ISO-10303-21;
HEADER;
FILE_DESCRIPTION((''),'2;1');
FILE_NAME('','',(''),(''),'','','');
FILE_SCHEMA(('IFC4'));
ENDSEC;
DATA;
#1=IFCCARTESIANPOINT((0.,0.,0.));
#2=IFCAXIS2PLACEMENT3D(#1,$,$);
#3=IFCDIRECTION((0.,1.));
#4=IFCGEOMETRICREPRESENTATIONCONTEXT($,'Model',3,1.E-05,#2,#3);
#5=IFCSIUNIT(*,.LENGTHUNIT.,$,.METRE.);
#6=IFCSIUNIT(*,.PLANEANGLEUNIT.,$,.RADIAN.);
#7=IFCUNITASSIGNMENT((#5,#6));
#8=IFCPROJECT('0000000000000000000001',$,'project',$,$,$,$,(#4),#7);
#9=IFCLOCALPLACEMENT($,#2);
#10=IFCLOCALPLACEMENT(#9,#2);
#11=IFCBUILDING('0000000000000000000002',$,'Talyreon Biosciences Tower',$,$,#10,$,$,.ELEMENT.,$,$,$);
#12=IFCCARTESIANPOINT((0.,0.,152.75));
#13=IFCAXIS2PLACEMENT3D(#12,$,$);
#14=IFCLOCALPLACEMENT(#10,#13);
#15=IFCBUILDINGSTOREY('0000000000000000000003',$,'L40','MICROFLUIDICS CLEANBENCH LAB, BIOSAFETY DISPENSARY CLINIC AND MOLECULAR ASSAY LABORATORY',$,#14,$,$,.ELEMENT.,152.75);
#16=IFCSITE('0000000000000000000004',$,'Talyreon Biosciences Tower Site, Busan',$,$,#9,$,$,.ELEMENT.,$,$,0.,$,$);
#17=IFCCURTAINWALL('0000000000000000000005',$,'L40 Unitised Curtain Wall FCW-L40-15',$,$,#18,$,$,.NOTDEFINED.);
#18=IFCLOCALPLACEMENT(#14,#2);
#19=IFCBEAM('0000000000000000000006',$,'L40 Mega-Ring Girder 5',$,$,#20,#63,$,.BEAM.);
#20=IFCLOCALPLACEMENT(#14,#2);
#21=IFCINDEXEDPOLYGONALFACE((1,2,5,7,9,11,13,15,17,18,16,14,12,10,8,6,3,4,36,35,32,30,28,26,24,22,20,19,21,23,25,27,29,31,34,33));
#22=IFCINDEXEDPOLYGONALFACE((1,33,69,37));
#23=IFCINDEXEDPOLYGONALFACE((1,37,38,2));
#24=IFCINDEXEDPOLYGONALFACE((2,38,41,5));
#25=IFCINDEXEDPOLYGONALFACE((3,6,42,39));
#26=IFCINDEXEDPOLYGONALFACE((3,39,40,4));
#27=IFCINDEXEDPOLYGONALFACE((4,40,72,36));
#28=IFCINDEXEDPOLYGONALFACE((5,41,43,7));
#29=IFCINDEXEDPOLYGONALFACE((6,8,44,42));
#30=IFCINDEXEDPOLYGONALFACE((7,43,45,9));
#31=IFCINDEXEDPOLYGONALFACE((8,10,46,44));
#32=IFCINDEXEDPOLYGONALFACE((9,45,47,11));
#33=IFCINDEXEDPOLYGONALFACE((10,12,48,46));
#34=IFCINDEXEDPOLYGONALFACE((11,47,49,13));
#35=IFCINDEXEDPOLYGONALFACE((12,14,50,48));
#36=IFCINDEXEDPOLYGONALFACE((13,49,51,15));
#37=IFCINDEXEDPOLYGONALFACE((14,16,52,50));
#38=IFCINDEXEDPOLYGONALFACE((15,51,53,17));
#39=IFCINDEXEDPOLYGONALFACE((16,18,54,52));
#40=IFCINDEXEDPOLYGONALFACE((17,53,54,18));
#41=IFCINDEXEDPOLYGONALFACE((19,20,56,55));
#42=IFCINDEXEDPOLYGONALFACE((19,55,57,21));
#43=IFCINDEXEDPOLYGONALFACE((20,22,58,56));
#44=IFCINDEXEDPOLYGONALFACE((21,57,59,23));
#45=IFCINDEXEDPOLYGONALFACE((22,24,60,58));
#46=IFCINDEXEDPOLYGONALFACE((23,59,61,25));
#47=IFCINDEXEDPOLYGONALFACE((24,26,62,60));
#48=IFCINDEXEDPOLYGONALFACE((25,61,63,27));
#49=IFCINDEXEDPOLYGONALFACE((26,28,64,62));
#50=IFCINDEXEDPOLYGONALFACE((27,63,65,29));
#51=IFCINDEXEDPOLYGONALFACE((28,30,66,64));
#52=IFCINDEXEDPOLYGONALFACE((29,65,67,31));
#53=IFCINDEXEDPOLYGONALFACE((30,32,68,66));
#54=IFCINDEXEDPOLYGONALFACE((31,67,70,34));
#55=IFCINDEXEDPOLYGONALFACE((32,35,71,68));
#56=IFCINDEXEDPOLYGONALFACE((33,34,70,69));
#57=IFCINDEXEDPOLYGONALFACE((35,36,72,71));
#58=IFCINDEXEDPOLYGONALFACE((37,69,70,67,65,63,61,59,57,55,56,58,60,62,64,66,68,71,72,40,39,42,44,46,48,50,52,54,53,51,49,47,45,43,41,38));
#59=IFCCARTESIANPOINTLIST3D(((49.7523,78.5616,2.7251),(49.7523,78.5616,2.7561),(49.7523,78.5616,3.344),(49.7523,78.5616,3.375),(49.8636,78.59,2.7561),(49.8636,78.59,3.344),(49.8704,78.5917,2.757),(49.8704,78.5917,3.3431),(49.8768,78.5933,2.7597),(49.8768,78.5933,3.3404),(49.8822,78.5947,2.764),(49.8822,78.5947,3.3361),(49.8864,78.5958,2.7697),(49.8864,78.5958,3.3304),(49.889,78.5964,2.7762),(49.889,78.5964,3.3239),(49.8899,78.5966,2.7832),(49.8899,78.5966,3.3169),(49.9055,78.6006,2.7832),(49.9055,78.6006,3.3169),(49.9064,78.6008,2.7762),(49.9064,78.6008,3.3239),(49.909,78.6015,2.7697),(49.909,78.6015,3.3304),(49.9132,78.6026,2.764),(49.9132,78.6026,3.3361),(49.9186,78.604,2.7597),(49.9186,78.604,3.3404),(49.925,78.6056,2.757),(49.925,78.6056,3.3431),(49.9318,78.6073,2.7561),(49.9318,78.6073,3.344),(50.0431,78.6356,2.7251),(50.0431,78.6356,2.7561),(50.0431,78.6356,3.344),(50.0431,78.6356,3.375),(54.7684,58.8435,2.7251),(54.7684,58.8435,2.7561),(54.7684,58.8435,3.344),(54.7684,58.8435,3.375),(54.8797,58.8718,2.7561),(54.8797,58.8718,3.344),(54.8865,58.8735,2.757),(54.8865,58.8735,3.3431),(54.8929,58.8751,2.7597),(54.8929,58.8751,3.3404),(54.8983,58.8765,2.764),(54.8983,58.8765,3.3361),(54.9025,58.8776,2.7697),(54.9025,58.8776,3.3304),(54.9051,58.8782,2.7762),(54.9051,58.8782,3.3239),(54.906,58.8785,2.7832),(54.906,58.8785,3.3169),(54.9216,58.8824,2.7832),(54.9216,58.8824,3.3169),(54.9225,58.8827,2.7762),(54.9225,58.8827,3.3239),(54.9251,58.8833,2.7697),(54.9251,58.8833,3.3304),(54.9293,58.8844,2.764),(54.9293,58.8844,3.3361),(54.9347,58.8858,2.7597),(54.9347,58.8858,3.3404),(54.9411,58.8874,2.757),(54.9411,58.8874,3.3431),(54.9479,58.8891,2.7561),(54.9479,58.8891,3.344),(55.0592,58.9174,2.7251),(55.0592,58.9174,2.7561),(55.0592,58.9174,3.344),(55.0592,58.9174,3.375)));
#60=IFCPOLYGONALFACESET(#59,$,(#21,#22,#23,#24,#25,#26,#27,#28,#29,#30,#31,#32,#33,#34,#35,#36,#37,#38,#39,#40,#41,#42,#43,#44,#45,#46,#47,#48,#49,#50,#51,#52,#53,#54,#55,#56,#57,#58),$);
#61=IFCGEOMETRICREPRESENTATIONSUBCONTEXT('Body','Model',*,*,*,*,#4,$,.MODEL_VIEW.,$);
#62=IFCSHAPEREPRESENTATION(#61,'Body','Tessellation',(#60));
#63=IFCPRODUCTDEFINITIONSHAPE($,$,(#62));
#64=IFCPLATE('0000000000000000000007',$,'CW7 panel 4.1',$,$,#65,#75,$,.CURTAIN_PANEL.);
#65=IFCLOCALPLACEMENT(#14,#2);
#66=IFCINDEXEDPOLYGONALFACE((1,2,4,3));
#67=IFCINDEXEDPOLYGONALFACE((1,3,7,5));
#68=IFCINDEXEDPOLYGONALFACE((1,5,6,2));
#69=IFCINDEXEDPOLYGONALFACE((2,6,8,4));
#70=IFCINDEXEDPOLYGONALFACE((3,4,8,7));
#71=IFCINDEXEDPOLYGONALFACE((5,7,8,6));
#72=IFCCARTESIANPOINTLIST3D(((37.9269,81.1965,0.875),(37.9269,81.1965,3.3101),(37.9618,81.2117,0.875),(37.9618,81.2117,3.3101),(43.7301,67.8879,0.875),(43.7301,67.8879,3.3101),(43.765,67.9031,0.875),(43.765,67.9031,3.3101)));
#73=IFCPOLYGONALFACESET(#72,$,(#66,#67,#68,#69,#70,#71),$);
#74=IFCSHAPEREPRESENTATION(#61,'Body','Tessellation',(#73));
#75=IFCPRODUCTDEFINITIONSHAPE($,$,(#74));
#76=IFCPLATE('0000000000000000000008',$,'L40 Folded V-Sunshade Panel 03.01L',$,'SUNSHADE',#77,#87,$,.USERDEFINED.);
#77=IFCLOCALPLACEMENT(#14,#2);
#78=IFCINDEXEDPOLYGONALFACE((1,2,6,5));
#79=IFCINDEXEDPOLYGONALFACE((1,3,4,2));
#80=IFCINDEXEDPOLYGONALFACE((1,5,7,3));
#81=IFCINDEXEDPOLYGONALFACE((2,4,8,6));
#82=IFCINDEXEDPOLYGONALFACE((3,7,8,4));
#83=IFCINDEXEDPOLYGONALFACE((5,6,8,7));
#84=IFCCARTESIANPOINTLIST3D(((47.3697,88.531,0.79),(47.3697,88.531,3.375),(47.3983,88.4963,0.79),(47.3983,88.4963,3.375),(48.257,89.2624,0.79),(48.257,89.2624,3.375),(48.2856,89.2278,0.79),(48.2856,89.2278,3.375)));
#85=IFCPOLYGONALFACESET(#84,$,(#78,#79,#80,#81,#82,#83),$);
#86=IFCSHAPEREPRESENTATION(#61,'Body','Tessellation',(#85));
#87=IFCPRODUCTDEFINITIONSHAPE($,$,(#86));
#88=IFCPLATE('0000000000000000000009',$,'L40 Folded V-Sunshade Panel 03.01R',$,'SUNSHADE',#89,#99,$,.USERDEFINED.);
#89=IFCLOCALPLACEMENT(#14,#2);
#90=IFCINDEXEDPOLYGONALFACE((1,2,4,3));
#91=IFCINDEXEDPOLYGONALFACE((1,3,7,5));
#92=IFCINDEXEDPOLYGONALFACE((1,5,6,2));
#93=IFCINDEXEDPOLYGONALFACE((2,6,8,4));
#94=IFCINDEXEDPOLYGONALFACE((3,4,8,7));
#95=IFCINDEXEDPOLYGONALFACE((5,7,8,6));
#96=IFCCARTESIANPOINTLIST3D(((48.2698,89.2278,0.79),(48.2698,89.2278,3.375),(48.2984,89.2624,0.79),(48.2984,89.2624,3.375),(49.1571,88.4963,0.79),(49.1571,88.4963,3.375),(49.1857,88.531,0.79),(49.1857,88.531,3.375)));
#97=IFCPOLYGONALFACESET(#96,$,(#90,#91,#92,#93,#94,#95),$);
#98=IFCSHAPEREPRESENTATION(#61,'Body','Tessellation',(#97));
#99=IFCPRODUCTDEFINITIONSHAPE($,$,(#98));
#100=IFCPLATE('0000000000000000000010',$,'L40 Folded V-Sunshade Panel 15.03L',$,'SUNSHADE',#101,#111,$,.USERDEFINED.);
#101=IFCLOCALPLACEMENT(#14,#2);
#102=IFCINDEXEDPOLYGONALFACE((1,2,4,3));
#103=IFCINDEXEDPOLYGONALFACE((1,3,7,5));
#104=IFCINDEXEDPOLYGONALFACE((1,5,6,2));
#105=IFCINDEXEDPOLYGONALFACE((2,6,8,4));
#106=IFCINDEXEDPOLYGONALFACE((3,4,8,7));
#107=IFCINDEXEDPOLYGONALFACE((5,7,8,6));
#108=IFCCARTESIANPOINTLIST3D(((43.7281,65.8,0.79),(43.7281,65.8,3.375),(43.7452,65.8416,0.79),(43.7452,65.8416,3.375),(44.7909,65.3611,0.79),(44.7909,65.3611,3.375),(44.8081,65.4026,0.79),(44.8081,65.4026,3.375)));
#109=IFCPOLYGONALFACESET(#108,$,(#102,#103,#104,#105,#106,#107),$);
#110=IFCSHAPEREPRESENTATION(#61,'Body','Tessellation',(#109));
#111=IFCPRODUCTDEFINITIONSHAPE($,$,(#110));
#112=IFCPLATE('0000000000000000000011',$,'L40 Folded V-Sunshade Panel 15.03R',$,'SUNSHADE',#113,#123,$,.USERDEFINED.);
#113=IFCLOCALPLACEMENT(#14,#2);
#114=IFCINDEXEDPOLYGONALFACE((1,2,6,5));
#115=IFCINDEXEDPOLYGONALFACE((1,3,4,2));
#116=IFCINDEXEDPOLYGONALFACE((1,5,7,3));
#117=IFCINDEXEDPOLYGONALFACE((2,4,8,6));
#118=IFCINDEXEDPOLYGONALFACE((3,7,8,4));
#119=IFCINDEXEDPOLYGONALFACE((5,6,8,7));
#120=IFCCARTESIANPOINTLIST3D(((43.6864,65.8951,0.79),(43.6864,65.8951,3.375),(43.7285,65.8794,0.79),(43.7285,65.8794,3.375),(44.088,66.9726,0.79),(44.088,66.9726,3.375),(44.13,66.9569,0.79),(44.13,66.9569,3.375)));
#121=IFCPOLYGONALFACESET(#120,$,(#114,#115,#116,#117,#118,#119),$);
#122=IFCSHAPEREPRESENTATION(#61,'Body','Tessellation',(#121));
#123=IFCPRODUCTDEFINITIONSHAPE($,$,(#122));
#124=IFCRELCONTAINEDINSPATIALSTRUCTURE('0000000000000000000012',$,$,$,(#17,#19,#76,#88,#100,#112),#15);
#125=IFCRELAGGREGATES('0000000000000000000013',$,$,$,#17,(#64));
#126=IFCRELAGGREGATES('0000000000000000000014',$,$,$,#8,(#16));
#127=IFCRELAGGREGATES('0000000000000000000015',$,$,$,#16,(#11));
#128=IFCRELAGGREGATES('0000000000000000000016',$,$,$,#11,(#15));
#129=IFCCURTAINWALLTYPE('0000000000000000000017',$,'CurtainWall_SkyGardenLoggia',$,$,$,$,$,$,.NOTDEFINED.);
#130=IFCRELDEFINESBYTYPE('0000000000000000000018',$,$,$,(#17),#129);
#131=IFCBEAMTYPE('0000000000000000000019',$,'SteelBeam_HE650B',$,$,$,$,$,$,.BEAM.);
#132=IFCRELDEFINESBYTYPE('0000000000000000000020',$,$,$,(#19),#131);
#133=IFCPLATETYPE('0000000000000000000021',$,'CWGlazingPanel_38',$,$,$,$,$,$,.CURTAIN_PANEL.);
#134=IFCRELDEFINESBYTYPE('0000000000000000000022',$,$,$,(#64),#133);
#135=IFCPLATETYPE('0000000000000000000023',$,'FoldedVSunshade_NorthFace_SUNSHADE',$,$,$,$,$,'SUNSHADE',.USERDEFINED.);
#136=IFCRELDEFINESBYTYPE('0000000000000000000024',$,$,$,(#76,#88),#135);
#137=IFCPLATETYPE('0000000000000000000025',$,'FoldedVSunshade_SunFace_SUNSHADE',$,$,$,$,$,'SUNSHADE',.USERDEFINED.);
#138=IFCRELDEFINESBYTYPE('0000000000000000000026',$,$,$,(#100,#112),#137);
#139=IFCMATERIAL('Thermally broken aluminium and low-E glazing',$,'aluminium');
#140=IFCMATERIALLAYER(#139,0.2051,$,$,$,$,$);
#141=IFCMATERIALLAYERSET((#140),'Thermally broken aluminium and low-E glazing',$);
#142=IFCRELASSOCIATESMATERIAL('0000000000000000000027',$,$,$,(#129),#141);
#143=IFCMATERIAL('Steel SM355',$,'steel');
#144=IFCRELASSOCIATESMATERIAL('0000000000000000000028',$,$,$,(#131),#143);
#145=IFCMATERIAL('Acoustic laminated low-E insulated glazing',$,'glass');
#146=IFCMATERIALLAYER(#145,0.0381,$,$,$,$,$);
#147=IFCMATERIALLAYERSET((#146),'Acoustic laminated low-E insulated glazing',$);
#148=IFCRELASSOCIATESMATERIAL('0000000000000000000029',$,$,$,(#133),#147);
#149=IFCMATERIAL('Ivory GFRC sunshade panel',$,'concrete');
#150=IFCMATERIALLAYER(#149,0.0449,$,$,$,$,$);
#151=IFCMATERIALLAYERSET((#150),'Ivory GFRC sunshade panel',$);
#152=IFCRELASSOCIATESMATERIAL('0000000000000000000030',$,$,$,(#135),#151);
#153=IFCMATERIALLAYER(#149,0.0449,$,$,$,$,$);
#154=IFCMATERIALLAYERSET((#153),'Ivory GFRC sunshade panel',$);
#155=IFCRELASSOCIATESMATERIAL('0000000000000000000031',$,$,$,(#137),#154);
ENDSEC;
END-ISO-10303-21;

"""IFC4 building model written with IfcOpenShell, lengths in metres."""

from ifc_helpers import new_model, si_unit, direction, frame, origin, origin_2d, place, context, subcontext, project, spatial, rectangle, i_section, extrude, material, layer, layer_set, material_profile, profile_set, type_object, element, aggregate, save


model = new_model("IFC4")

# Units and contexts
model_context = context("Model", 3, precision=1e-05, world=origin(), true_north=direction((0.0, 1.0)))
body_context = subcontext(model_context, "Body", "Model", "MODEL_VIEW")
ifc_project = project(units=[si_unit("LENGTHUNIT", "METRE"), si_unit("PLANEANGLEUNIT", "RADIAN")], contexts=[model_context])

# Site, building, storey
site_placement = place(None, origin())
site = spatial("IfcSite", under=ifc_project, at=site_placement, Name="Talyreon Biosciences Tower Site, Busan", CompositionType="ELEMENT", RefElevation=0.0)
building_placement = place(site_placement, origin())
building = spatial("IfcBuilding", under=site, at=building_placement, Name="Talyreon Biosciences Tower", CompositionType="ELEMENT")
storey_placement = place(building_placement, frame((0.0, 0.0, 152.75)))
storey = spatial("IfcBuildingStorey", under=building, at=storey_placement, Name="L40", Description="MICROFLUIDICS CLEANBENCH LAB, BIOSAFETY DISPENSARY CLINIC AND MOLECULAR ASSAY LABORATORY", CompositionType="ELEMENT", Elevation=152.75)

# Shared definitions
ifc_material_1 = material(Name="Thermally broken aluminium and low-E glazing", Category="aluminium")
ifc_layer_1 = layer(ifc_material_1, 0.2051)
ifc_layer_set_1 = layer_set([ifc_layer_1], Name="Thermally broken aluminium and low-E glazing")
curtain_wall_type = type_object("IfcCurtainWallType", Name="CurtainWall_SkyGardenLoggia", PredefinedType="NOTDEFINED", material=ifc_layer_set_1)

# Curtain wall
curtain_wall_1_placement = place(storey_placement, origin())
curtain_wall_1 = element("IfcCurtainWall", 1, at=curtain_wall_1_placement, inside=storey, type_object=curtain_wall_type, Name="L40 Unitised Curtain Wall FCW-L40-15", PredefinedType="NOTDEFINED")

# Beam
ifc_material_2 = material(Name="Steel SM355", Category="steel")
ifc_material_profile_1 = material_profile(ifc_material_2, i_section(OverallWidth=0.3, OverallDepth=0.6499, WebThickness=0.0161, FlangeThickness=0.031, FilletRadius=0.0271, at=origin_2d()), Name="HE650B")
ifc_profile_set_1 = profile_set([ifc_material_profile_1], Name="Steel SM355")
beam_type_1 = type_object("IfcBeamType", Name="SteelBeam_HE650B", PredefinedType="BEAM", material=ifc_profile_set_1)
beam_1_placement = place(storey_placement, frame((49.8977, 78.5986, 3.05), z_axis=(0.246537, -0.969133, 0.0), x_axis=(0.969133, 0.246537, 0.0)))
element("IfcBeam", 2, at=beam_1_placement, inside=storey, type_object=beam_type_1, Name="L40 Mega-Ring Girder 5", PredefinedType="BEAM", context=body_context, shape_type="SweptSolid", body=[
    extrude(i_section(OverallWidth=0.3, OverallDepth=0.6499, WebThickness=0.0161, FlangeThickness=0.031, FilletRadius=0.0271, at=origin_2d()), origin(), (0.0, 0.0, 1.0), 20.3462),
])

# Plate
ifc_material_3 = material(Name="Acoustic laminated low-E insulated glazing", Category="glass")
ifc_layer_2 = layer(ifc_material_3, 0.0381)
ifc_layer_set_2 = layer_set([ifc_layer_2], Name="Acoustic laminated low-E insulated glazing")
plate_type_1 = type_object("IfcPlateType", Name="CWGlazingPanel_38", PredefinedType="CURTAIN_PANEL", material=ifc_layer_set_2)
plate_placement = place(storey_placement, frame((40.8459, 74.5498, 0.875), z_axis=(0.0, 0.0, 1.0), x_axis=(-0.399698, 0.916647, 0.0)))
plate = element("IfcPlate", 3, at=plate_placement, type_object=plate_type_1, Name="CW7 panel 4.1", PredefinedType="CURTAIN_PANEL", context=body_context, shape_type="SweptSolid", body=[
    extrude(rectangle(XDim=14.5188, YDim=0.0381, at=origin_2d()), origin(), (0.0, 0.0, 1.0), 2.4351),
])
aggregate(curtain_wall_1, [plate])

# Plates
ifc_material_4 = material(Name="Ivory GFRC sunshade panel", Category="concrete")
ifc_layer_3 = layer(ifc_material_4, 0.0449)
ifc_layer_set_3 = layer_set([ifc_layer_3], Name="Ivory GFRC sunshade panel")
plate_type_2 = type_object("IfcPlateType", Name="FoldedVSunshade_NorthFace_SUNSHADE", ElementType="SUNSHADE", PredefinedType="USERDEFINED", material=ifc_layer_set_3)
for number, where, z_axis, x_axis, name in (
    (4, (47.8276, 88.8794, 0.79), (0.0, 0.0, 1.0), (0.771625, 0.636078, 0.0), "L40 Folded V-Sunshade Panel 03.01L"),
    (5, (48.7278, 88.8794, 0.79), (0.0, 0.0, 1.0), (0.771625, -0.636078, 0.0), "L40 Folded V-Sunshade Panel 03.01R"),
):
    element("IfcPlate", number, at=place(storey_placement, frame(where, z_axis=z_axis, x_axis=x_axis)), inside=storey, type_object=plate_type_2, Name=name, ObjectType="SUNSHADE", PredefinedType="USERDEFINED", context=body_context, shape_type="SweptSolid", body=[
        extrude(rectangle(XDim=1.1499, YDim=0.0449, at=origin_2d()), origin(), (0.0, 0.0, 1.0), 2.585),
    ])
ifc_layer_4 = layer(ifc_material_4, 0.0449)
ifc_layer_set_4 = layer_set([ifc_layer_4], Name="Ivory GFRC sunshade panel")
plate_type_3 = type_object("IfcPlateType", Name="FoldedVSunshade_SunFace_SUNSHADE", ElementType="SUNSHADE", PredefinedType="USERDEFINED", material=ifc_layer_set_4)
for number, where, z_axis, x_axis, name in (
    (6, (44.2681, 65.6013, 0.79), (0.0, 0.0, 1.0), (-0.924273, 0.381732, 0.0), "L40 Folded V-Sunshade Panel 15.03L"),
    (7, (43.9082, 66.426, 0.79), (0.0, 0.0, 1.0), (0.349243, 0.937032, 0.0), "L40 Folded V-Sunshade Panel 15.03R"),
):
    element("IfcPlate", number, at=place(storey_placement, frame(where, z_axis=z_axis, x_axis=x_axis)), inside=storey, type_object=plate_type_3, Name=name, ObjectType="SUNSHADE", PredefinedType="USERDEFINED", context=body_context, shape_type="SweptSolid", body=[
        extrude(rectangle(XDim=1.1499, YDim=0.0449, at=origin_2d()), origin(), (0.0, 0.0, 1.0), 2.585),
    ])

save(model, "model.ifc")
